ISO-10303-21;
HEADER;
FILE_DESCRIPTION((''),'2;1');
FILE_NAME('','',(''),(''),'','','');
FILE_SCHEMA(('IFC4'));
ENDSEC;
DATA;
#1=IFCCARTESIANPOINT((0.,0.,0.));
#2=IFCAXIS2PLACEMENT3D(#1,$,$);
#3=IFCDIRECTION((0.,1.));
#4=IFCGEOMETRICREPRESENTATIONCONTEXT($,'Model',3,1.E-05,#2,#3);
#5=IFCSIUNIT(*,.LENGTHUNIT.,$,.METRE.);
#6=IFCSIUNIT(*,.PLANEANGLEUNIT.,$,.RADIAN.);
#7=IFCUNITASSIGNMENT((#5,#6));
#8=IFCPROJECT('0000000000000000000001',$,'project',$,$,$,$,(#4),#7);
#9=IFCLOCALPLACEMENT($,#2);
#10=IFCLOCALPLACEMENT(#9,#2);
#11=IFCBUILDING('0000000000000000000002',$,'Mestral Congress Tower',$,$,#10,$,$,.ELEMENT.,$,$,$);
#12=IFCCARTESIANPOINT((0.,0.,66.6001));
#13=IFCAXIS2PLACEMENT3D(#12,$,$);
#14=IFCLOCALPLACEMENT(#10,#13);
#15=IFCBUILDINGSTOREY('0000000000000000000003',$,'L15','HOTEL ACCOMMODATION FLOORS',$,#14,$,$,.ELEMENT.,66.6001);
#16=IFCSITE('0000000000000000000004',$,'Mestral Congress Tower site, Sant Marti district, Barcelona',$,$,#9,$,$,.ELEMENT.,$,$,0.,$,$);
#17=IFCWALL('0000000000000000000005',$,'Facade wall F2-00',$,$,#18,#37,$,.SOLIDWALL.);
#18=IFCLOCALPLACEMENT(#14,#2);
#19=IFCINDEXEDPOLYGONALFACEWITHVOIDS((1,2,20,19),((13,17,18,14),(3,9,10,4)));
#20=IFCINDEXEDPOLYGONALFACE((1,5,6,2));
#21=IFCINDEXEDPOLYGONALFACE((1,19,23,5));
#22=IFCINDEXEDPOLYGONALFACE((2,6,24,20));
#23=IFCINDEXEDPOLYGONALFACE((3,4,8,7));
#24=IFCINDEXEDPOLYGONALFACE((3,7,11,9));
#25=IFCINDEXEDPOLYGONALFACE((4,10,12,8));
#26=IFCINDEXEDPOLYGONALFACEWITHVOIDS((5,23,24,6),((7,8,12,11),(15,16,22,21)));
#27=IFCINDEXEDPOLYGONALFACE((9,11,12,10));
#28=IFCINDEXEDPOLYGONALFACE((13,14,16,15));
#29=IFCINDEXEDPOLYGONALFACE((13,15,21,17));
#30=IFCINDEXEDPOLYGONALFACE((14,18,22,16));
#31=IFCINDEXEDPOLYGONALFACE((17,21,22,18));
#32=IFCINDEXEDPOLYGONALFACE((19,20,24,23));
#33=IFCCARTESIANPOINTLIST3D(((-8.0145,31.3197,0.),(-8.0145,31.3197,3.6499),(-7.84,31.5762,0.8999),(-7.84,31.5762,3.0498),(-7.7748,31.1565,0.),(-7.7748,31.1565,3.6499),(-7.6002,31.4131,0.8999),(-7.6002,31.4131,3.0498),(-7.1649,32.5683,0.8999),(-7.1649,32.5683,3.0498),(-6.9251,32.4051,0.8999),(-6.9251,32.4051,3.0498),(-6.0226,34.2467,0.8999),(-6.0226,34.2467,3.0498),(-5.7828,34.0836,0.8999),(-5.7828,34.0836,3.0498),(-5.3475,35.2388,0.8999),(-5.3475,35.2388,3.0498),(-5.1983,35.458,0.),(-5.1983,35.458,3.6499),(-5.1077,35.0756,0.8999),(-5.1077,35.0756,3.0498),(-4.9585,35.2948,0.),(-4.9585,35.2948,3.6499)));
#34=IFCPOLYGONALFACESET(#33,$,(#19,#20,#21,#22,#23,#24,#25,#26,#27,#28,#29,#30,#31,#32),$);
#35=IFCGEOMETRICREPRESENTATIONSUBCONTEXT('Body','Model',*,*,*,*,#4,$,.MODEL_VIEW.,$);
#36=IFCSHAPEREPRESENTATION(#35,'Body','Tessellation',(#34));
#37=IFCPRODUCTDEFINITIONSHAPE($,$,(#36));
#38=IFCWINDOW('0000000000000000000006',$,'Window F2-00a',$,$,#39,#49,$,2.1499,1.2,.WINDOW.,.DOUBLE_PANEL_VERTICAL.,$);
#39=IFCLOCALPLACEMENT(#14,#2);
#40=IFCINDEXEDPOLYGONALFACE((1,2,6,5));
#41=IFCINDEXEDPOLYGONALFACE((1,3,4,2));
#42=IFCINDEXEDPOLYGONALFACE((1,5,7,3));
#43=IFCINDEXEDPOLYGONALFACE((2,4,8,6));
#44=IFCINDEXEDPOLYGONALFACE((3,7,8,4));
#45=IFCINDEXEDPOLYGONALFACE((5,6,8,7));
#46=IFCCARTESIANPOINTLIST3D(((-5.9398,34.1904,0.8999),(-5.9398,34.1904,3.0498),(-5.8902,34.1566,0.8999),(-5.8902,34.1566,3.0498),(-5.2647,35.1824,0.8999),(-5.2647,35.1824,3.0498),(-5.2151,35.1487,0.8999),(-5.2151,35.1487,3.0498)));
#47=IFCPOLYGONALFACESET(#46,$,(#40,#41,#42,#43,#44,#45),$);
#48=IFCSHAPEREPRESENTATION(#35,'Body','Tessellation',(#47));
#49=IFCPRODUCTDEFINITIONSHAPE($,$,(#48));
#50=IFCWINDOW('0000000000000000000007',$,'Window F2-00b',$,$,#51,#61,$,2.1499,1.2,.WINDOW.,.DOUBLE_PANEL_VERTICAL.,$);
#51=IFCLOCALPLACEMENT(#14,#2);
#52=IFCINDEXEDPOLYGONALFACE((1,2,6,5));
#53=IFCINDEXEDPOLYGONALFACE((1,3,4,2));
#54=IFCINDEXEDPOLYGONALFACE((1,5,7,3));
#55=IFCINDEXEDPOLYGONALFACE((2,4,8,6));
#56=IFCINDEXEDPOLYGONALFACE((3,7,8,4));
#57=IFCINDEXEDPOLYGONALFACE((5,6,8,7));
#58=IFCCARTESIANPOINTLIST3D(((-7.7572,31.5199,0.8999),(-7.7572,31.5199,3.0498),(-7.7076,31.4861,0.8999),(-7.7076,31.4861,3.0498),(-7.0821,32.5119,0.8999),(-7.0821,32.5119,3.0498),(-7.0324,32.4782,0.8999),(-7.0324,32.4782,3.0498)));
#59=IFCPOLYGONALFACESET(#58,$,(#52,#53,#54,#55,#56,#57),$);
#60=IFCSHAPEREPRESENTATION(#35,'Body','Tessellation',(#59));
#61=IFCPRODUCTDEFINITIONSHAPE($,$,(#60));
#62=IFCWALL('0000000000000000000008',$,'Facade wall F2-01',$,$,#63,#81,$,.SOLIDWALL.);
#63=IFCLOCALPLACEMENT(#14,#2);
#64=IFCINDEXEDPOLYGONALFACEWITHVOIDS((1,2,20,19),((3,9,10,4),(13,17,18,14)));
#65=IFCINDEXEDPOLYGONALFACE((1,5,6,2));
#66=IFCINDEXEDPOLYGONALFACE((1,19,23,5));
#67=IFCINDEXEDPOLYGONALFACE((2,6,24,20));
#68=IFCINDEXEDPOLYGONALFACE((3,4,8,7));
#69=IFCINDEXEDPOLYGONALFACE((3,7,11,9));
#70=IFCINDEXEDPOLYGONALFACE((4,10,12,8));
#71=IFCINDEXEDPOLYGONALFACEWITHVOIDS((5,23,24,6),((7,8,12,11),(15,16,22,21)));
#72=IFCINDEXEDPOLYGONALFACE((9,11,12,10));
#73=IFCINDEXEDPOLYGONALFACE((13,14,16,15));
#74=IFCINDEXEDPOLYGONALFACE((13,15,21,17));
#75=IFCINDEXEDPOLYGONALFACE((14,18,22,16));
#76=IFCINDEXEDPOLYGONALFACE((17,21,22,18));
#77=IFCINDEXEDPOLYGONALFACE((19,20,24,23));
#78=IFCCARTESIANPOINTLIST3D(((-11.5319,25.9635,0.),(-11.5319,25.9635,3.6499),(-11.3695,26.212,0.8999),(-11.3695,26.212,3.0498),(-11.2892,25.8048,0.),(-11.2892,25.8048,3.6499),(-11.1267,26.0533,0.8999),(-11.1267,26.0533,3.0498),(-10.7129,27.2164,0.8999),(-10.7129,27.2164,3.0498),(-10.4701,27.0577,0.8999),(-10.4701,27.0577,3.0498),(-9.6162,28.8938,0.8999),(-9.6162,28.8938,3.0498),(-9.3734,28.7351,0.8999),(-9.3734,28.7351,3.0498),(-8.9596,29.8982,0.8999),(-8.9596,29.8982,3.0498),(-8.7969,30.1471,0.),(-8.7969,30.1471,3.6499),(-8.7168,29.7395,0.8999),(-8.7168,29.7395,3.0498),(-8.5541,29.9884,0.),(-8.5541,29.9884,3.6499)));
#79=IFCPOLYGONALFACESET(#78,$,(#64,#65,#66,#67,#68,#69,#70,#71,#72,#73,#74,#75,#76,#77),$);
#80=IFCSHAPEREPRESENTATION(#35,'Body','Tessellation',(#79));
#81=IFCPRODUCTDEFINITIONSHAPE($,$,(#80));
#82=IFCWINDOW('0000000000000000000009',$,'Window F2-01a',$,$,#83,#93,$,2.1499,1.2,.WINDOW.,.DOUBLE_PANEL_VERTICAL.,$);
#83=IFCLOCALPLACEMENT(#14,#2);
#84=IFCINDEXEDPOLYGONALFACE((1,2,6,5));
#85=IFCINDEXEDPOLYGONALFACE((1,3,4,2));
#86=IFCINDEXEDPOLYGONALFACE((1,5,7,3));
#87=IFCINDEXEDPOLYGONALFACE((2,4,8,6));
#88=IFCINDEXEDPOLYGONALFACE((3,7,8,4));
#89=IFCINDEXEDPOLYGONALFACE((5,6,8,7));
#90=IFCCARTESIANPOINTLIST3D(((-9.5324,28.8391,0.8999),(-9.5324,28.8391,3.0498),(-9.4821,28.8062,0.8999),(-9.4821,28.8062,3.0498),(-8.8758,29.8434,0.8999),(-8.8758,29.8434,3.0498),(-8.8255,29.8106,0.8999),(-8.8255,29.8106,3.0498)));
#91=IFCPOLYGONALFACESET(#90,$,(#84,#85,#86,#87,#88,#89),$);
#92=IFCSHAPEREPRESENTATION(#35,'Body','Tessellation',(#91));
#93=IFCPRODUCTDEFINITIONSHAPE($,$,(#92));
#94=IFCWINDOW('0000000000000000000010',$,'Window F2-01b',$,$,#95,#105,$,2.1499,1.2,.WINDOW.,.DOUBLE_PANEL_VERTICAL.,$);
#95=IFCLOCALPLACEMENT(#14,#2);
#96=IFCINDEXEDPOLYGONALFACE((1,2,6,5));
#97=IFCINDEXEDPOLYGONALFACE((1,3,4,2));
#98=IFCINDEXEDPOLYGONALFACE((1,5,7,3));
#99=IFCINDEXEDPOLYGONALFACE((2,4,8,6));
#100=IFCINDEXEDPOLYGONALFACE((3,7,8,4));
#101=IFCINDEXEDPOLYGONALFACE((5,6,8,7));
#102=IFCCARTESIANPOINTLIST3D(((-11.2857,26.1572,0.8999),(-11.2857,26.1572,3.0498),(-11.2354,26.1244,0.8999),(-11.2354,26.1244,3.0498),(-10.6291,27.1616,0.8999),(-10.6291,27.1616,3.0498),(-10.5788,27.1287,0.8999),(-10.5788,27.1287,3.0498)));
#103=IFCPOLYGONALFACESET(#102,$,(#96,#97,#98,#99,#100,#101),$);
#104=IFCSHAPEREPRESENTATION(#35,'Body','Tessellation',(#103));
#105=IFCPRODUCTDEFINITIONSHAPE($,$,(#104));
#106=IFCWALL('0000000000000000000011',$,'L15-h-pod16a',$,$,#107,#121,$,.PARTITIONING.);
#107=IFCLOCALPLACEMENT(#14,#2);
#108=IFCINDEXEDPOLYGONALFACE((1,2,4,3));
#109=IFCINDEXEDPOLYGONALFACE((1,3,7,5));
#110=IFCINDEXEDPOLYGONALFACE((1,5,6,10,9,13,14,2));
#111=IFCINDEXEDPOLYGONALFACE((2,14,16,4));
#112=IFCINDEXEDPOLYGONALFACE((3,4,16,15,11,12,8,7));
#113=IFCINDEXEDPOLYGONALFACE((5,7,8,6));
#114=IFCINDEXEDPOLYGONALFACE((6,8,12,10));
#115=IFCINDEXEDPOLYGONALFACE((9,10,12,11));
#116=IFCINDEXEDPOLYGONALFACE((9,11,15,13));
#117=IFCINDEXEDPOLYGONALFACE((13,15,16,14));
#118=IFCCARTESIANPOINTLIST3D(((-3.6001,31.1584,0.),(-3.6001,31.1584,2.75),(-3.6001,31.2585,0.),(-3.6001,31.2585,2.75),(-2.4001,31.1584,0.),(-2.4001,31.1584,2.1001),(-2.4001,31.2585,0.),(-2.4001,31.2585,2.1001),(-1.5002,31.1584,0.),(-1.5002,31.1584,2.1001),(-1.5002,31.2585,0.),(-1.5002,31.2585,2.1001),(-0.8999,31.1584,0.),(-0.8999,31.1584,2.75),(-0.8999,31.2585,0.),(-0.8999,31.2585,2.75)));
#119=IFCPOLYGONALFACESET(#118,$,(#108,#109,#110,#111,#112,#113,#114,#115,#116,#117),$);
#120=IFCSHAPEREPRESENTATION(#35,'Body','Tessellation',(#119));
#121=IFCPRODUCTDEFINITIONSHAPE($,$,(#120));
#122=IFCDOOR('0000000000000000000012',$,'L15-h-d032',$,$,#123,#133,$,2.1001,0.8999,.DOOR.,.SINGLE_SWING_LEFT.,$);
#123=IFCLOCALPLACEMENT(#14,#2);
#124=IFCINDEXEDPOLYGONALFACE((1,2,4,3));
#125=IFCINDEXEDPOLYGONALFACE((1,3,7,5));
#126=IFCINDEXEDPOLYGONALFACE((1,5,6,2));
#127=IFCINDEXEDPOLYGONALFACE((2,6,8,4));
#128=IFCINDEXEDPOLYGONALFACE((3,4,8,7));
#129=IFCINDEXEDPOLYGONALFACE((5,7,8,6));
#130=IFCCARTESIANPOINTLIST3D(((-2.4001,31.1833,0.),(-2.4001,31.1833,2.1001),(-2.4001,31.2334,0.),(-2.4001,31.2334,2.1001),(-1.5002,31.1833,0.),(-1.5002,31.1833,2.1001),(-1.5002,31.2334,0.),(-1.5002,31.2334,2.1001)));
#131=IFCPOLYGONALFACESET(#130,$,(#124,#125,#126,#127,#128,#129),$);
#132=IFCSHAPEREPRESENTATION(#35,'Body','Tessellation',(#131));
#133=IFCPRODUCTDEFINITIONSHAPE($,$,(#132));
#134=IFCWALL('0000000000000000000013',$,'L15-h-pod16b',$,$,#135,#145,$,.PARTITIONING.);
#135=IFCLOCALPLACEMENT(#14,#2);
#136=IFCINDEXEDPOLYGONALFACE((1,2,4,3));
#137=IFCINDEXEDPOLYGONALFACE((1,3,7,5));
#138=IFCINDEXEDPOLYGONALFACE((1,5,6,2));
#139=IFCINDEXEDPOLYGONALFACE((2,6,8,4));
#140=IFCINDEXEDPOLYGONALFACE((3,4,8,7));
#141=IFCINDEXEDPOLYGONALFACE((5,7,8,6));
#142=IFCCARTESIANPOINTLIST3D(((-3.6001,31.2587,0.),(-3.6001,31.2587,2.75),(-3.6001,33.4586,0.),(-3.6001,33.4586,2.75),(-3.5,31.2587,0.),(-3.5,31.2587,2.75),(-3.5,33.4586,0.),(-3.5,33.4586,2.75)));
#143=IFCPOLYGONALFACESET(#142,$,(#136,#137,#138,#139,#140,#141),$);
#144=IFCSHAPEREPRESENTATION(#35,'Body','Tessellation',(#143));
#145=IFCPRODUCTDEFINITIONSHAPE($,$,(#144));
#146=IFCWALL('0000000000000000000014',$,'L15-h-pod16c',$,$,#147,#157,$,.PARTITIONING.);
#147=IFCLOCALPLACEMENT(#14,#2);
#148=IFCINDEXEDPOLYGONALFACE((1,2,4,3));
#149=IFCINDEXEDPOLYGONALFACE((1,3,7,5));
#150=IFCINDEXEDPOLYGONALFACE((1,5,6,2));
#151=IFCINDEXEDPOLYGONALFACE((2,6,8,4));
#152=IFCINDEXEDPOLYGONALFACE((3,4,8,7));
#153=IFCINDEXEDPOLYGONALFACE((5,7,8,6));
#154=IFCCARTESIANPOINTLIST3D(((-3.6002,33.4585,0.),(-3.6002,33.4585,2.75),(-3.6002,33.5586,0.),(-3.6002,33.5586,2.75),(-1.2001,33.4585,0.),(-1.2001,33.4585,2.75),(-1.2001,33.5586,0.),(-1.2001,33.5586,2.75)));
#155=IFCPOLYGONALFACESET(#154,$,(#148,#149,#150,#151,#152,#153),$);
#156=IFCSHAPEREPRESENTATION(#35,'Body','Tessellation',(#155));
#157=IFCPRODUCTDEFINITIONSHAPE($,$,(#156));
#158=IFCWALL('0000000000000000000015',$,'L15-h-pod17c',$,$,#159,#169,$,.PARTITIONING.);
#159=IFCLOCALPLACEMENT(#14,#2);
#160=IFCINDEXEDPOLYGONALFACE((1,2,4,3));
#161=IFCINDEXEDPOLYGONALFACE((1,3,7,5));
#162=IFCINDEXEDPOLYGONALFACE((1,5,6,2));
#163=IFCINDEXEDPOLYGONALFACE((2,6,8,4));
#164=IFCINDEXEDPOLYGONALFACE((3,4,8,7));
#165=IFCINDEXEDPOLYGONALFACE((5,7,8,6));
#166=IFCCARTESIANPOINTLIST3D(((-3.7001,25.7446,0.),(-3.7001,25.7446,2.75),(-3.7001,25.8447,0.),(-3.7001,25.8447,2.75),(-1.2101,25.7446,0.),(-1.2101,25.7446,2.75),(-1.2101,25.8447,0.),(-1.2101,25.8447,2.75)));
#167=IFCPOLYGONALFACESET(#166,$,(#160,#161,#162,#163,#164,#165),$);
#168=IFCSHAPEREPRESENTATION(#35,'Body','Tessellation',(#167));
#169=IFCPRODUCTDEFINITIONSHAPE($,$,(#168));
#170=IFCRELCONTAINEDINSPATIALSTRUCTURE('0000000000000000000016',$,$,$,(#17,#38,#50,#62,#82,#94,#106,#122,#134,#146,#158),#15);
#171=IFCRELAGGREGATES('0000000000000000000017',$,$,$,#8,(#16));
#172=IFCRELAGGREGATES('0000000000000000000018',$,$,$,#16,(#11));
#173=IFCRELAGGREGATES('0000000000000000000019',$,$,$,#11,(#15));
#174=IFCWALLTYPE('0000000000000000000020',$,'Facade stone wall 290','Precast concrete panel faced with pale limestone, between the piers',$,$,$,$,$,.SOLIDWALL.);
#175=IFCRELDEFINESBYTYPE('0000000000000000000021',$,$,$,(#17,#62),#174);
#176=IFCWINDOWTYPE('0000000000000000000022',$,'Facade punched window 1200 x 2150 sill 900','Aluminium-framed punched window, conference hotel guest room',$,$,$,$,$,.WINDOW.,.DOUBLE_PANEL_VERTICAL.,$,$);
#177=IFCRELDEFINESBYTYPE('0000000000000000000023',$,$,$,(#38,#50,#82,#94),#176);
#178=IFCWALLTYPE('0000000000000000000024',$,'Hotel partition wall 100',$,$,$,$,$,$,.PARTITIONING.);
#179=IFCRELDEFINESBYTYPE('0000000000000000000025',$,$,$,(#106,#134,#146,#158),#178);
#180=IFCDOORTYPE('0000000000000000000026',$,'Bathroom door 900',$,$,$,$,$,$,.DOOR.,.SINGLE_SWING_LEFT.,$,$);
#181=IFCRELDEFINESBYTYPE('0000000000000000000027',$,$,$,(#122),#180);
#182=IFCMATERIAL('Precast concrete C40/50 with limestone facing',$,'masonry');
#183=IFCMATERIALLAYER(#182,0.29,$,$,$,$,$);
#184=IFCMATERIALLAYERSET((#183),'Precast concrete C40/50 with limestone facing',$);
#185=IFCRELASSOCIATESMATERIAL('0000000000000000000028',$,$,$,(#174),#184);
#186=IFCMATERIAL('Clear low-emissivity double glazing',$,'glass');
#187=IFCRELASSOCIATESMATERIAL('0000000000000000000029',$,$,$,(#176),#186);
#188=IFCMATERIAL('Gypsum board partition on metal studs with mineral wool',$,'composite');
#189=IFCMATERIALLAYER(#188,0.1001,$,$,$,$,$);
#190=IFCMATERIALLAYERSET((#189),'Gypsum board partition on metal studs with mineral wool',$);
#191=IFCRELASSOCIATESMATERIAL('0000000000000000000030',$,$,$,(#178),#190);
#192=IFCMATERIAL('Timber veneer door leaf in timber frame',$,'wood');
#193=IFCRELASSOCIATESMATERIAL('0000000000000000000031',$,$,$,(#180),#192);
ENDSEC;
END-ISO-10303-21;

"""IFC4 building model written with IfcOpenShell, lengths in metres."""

from ifc_helpers import new_model, si_unit, direction, frame, frame_2d, origin, place, context, subcontext, project, spatial, rectangle, extrude, material, layer, layer_set, type_object, element, fill, save


model = new_model("IFC4")

# Units and contexts
model_context = context("Model", 3, precision=1e-05, world=origin(), true_north=direction((0.0, 1.0)))
body_context = subcontext(model_context, "Body", "Model", "MODEL_VIEW")
ifc_project = project(units=[si_unit("LENGTHUNIT", "METRE"), si_unit("PLANEANGLEUNIT", "RADIAN")], contexts=[model_context])

# Site, building, storey
site_placement = place(None, origin())
site = spatial("IfcSite", under=ifc_project, at=site_placement, Name="Mestral Congress Tower site, Sant Marti district, Barcelona", CompositionType="ELEMENT", RefElevation=0.0)
building_placement = place(site_placement, origin())
building = spatial("IfcBuilding", under=site, at=building_placement, Name="Mestral Congress Tower", CompositionType="ELEMENT")
storey_placement = place(building_placement, frame((0.0, 0.0, 66.6001)))
storey = spatial("IfcBuildingStorey", under=building, at=storey_placement, Name="L15", Description="HOTEL ACCOMMODATION FLOORS", CompositionType="ELEMENT", Elevation=66.6001)

# Shared definitions
ifc_material_1 = material(Name="Precast concrete C40/50 with limestone facing", Category="masonry")
ifc_layer_1 = layer(ifc_material_1, 0.29)
ifc_layer_set_1 = layer_set([ifc_layer_1], Name="Precast concrete C40/50 with limestone facing")
wall_type_1 = type_object("IfcWallType", Name="Facade stone wall 290", Description="Precast concrete panel faced with pale limestone, between the piers", PredefinedType="SOLIDWALL", material=ifc_layer_set_1)
ifc_material_2 = material(Name="Clear low-emissivity double glazing", Category="glass")

# Walls, openings, windows
wall_1_placement = place(storey_placement, frame((-5.0784, 35.3765, 0.0), z_axis=(0.0, 0.0, 1.0), x_axis=(-0.56261, -0.826722, 0.0)))
wall_1 = element("IfcWall", 1, at=wall_1_placement, inside=storey, type_object=wall_type_1, Name="Facade wall F2-00", PredefinedType="SOLIDWALL", context=body_context, shape_type="SweptSolid", body=[
    extrude(rectangle(XDim=5.0056, YDim=0.29, at=frame_2d((2.5029, 0.0))), origin(), (0.0, 0.0, 1.0), 3.6499),
])
opening_1_placement = place(wall_1_placement, frame((0.2651, 0.0, 0.8999)))
opening_1 = element("IfcOpeningElement", 2, at=opening_1_placement, cuts=wall_1, PredefinedType="OPENING", context=body_context, shape_type="SweptSolid", body=[
    extrude(rectangle(XDim=1.2, YDim=2.1499, at=frame_2d((0.6001, 1.075))), frame((0.0, 0.155, 0.0), z_axis=(0.0, -1.0, 0.0), x_axis=(1.0, 0.0, 0.0)), (0.0, 0.0, 1.0), 0.3101),
])
opening_2_placement = place(wall_1_placement, frame((3.4954, 0.0, 0.8999)))
opening_2 = element("IfcOpeningElement", 3, at=opening_2_placement, cuts=wall_1, PredefinedType="OPENING", context=body_context, shape_type="SweptSolid", body=[
    extrude(rectangle(XDim=1.2, YDim=2.1499, at=frame_2d((0.6001, 1.075))), frame((0.0, 0.155, 0.0), z_axis=(0.0, -1.0, 0.0), x_axis=(1.0, 0.0, 0.0)), (0.0, 0.0, 1.0), 0.3101),
])
window_type_1 = type_object("IfcWindowType", Name="Facade punched window 1200 x 2150 sill 900", Description="Aluminium-framed punched window, conference hotel guest room", PartitioningType="DOUBLE_PANEL_VERTICAL", PredefinedType="WINDOW", material=ifc_material_2)
window_1_placement = place(opening_1_placement, origin())
window_1 = element("IfcWindow", 4, at=window_1_placement, inside=storey, type_object=window_type_1, Name="Window F2-00a", OverallHeight=2.1499, OverallWidth=1.2, PartitioningType="DOUBLE_PANEL_VERTICAL", PredefinedType="WINDOW", context=body_context, shape_type="SweptSolid", body=[
    extrude(rectangle(XDim=1.2, YDim=2.1499, at=frame_2d((0.6001, 1.075))), frame((0.0, 0.0151, 0.0), z_axis=(0.0, -1.0, 0.0), x_axis=(1.0, 0.0, 0.0)), (0.0, 0.0, 1.0), 0.0601),
])
fill(opening_1, window_1)
window_2_placement = place(opening_2_placement, origin())
window_2 = element("IfcWindow", 5, at=window_2_placement, inside=storey, type_object=window_type_1, Name="Window F2-00b", OverallHeight=2.1499, OverallWidth=1.2, PartitioningType="DOUBLE_PANEL_VERTICAL", PredefinedType="WINDOW", context=body_context, shape_type="SweptSolid", body=[
    extrude(rectangle(XDim=1.2, YDim=2.1499, at=frame_2d((0.6001, 1.075))), frame((0.0, 0.0151, 0.0), z_axis=(0.0, -1.0, 0.0), x_axis=(1.0, 0.0, 0.0)), (0.0, 0.0, 1.0), 0.0601),
])
fill(opening_2, window_2)
wall_2_placement = place(storey_placement, frame((-8.6755, 30.0676, 0.0), z_axis=(0.0, 0.0, 1.0), x_axis=(-0.547205, -0.836999, 0.0)))
wall_2 = element("IfcWall", 6, at=wall_2_placement, inside=storey, type_object=wall_type_1, Name="Facade wall F2-01", PredefinedType="SOLIDWALL", context=body_context, shape_type="SweptSolid", body=[
    extrude(rectangle(XDim=4.9983, YDim=0.29, at=frame_2d((2.499, 0.0))), origin(), (0.0, 0.0, 1.0), 3.6499),
])
opening_3_placement = place(wall_2_placement, frame((0.2971, 0.0, 0.8999)))
opening_3 = element("IfcOpeningElement", 7, at=opening_3_placement, cuts=wall_2, PredefinedType="OPENING", context=body_context, shape_type="SweptSolid", body=[
    extrude(rectangle(XDim=1.2, YDim=2.1499, at=frame_2d((0.6001, 1.075))), frame((0.0, 0.155, 0.0), z_axis=(0.0, -1.0, 0.0), x_axis=(1.0, 0.0, 0.0)), (0.0, 0.0, 1.0), 0.3101),
])
opening_4_placement = place(wall_2_placement, frame((3.5012, 0.0, 0.8999)))
opening_4 = element("IfcOpeningElement", 8, at=opening_4_placement, cuts=wall_2, PredefinedType="OPENING", context=body_context, shape_type="SweptSolid", body=[
    extrude(rectangle(XDim=1.2, YDim=2.1499, at=frame_2d((0.6001, 1.075))), frame((0.0, 0.155, 0.0), z_axis=(0.0, -1.0, 0.0), x_axis=(1.0, 0.0, 0.0)), (0.0, 0.0, 1.0), 0.3101),
])
window_3_placement = place(opening_3_placement, origin())
window_3 = element("IfcWindow", 9, at=window_3_placement, inside=storey, type_object=window_type_1, Name="Window F2-01a", OverallHeight=2.1499, OverallWidth=1.2, PartitioningType="DOUBLE_PANEL_VERTICAL", PredefinedType="WINDOW", context=body_context, shape_type="SweptSolid", body=[
    extrude(rectangle(XDim=1.2, YDim=2.1499, at=frame_2d((0.6001, 1.075))), frame((0.0, 0.0151, 0.0), z_axis=(0.0, -1.0, 0.0), x_axis=(1.0, 0.0, 0.0)), (0.0, 0.0, 1.0), 0.0601),
])
fill(opening_3, window_3)
window_4_placement = place(opening_4_placement, origin())
window_4 = element("IfcWindow", 10, at=window_4_placement, inside=storey, type_object=window_type_1, Name="Window F2-01b", OverallHeight=2.1499, OverallWidth=1.2, PartitioningType="DOUBLE_PANEL_VERTICAL", PredefinedType="WINDOW", context=body_context, shape_type="SweptSolid", body=[
    extrude(rectangle(XDim=1.2, YDim=2.1499, at=frame_2d((0.6001, 1.075))), frame((0.0, 0.0151, 0.0), z_axis=(0.0, -1.0, 0.0), x_axis=(1.0, 0.0, 0.0)), (0.0, 0.0, 1.0), 0.0601),
])
fill(opening_4, window_4)

# Wall, opening, door
ifc_material_3 = material(Name="Gypsum board partition on metal studs with mineral wool", Category="composite")
ifc_layer_2 = layer(ifc_material_3, 0.1001)
ifc_layer_set_2 = layer_set([ifc_layer_2], Name="Gypsum board partition on metal studs with mineral wool")
wall_type_2 = type_object("IfcWallType", Name="Hotel partition wall 100", PredefinedType="PARTITIONING", material=ifc_layer_set_2)
wall_3_placement = place(storey_placement, frame((-3.6001, 31.2085, 0.0), z_axis=(0.0, 0.0, 1.0), x_axis=(1.0, 0.0, 0.0)))
wall_3 = element("IfcWall", 11, at=wall_3_placement, inside=storey, type_object=wall_type_2, Name="L15-h-pod16a", PredefinedType="PARTITIONING", context=body_context, shape_type="SweptSolid", body=[
    extrude(rectangle(XDim=2.7002, YDim=0.1001, at=frame_2d((1.3501, 0.0))), origin(), (0.0, 0.0, 1.0), 2.75),
])
opening_5_placement = place(wall_3_placement, frame((1.2, 0.0, 0.0)))
opening_5 = element("IfcOpeningElement", 12, at=opening_5_placement, cuts=wall_3, PredefinedType="OPENING", context=body_context, shape_type="SweptSolid", body=[
    extrude(rectangle(XDim=0.8999, YDim=2.1001, at=frame_2d((0.45, 1.05))), frame((0.0, 0.0601, 0.0), z_axis=(0.0, -1.0, 0.0), x_axis=(1.0, 0.0, 0.0)), (0.0, 0.0, 1.0), 0.1201),
])
ifc_material_4 = material(Name="Timber veneer door leaf in timber frame", Category="wood")
door_type = type_object("IfcDoorType", Name="Bathroom door 900", OperationType="SINGLE_SWING_LEFT", PredefinedType="DOOR", material=ifc_material_4)
door_placement = place(opening_5_placement, origin())
door = element("IfcDoor", 13, at=door_placement, inside=storey, type_object=door_type, Name="L15-h-d032", OperationType="SINGLE_SWING_LEFT", OverallHeight=2.1001, OverallWidth=0.8999, PredefinedType="DOOR", context=body_context, shape_type="SweptSolid", body=[
    extrude(rectangle(XDim=0.8999, YDim=2.1001, at=frame_2d((0.45, 1.05))), frame((0.0, 0.0249, 0.0), z_axis=(0.0, -1.0, 0.0), x_axis=(1.0, 0.0, 0.0)), (0.0, 0.0, 1.0), 0.05),
])
fill(opening_5, door)

# Walls
wall_4_placement = place(storey_placement, frame((-3.55, 31.2585, 0.0), z_axis=(0.0, 0.0, 1.0), x_axis=(0.0, 1.0, 0.0)))
element("IfcWall", 14, at=wall_4_placement, inside=storey, type_object=wall_type_2, Name="L15-h-pod16b", PredefinedType="PARTITIONING", context=body_context, shape_type="SweptSolid", body=[
    extrude(rectangle(XDim=2.2, YDim=0.1001, at=frame_2d((1.1001, 0.0))), origin(), (0.0, 0.0, 1.0), 2.75),
])
wall_5_placement = place(storey_placement, frame((-1.2, 33.5085, 0.0), z_axis=(0.0, 0.0, 1.0), x_axis=(-1.0, 0.0, 0.0)))
element("IfcWall", 15, at=wall_5_placement, inside=storey, type_object=wall_type_2, Name="L15-h-pod16c", PredefinedType="PARTITIONING", context=body_context, shape_type="SweptSolid", body=[
    extrude(rectangle(XDim=2.4001, YDim=0.1001, at=frame_2d((1.2002, 0.0))), origin(), (0.0, 0.0, 1.0), 2.75),
])
wall_6_placement = place(storey_placement, frame((-1.21, 25.7947, 0.0), z_axis=(0.0, 0.0, 1.0), x_axis=(-1.0, 0.0, 0.0)))
element("IfcWall", 16, at=wall_6_placement, inside=storey, type_object=wall_type_2, Name="L15-h-pod17c", PredefinedType="PARTITIONING", context=body_context, shape_type="SweptSolid", body=[
    extrude(rectangle(XDim=2.49, YDim=0.1001, at=frame_2d((1.2451, 0.0))), origin(), (0.0, 0.0, 1.0), 2.75),
])

save(model, "model.ifc")
